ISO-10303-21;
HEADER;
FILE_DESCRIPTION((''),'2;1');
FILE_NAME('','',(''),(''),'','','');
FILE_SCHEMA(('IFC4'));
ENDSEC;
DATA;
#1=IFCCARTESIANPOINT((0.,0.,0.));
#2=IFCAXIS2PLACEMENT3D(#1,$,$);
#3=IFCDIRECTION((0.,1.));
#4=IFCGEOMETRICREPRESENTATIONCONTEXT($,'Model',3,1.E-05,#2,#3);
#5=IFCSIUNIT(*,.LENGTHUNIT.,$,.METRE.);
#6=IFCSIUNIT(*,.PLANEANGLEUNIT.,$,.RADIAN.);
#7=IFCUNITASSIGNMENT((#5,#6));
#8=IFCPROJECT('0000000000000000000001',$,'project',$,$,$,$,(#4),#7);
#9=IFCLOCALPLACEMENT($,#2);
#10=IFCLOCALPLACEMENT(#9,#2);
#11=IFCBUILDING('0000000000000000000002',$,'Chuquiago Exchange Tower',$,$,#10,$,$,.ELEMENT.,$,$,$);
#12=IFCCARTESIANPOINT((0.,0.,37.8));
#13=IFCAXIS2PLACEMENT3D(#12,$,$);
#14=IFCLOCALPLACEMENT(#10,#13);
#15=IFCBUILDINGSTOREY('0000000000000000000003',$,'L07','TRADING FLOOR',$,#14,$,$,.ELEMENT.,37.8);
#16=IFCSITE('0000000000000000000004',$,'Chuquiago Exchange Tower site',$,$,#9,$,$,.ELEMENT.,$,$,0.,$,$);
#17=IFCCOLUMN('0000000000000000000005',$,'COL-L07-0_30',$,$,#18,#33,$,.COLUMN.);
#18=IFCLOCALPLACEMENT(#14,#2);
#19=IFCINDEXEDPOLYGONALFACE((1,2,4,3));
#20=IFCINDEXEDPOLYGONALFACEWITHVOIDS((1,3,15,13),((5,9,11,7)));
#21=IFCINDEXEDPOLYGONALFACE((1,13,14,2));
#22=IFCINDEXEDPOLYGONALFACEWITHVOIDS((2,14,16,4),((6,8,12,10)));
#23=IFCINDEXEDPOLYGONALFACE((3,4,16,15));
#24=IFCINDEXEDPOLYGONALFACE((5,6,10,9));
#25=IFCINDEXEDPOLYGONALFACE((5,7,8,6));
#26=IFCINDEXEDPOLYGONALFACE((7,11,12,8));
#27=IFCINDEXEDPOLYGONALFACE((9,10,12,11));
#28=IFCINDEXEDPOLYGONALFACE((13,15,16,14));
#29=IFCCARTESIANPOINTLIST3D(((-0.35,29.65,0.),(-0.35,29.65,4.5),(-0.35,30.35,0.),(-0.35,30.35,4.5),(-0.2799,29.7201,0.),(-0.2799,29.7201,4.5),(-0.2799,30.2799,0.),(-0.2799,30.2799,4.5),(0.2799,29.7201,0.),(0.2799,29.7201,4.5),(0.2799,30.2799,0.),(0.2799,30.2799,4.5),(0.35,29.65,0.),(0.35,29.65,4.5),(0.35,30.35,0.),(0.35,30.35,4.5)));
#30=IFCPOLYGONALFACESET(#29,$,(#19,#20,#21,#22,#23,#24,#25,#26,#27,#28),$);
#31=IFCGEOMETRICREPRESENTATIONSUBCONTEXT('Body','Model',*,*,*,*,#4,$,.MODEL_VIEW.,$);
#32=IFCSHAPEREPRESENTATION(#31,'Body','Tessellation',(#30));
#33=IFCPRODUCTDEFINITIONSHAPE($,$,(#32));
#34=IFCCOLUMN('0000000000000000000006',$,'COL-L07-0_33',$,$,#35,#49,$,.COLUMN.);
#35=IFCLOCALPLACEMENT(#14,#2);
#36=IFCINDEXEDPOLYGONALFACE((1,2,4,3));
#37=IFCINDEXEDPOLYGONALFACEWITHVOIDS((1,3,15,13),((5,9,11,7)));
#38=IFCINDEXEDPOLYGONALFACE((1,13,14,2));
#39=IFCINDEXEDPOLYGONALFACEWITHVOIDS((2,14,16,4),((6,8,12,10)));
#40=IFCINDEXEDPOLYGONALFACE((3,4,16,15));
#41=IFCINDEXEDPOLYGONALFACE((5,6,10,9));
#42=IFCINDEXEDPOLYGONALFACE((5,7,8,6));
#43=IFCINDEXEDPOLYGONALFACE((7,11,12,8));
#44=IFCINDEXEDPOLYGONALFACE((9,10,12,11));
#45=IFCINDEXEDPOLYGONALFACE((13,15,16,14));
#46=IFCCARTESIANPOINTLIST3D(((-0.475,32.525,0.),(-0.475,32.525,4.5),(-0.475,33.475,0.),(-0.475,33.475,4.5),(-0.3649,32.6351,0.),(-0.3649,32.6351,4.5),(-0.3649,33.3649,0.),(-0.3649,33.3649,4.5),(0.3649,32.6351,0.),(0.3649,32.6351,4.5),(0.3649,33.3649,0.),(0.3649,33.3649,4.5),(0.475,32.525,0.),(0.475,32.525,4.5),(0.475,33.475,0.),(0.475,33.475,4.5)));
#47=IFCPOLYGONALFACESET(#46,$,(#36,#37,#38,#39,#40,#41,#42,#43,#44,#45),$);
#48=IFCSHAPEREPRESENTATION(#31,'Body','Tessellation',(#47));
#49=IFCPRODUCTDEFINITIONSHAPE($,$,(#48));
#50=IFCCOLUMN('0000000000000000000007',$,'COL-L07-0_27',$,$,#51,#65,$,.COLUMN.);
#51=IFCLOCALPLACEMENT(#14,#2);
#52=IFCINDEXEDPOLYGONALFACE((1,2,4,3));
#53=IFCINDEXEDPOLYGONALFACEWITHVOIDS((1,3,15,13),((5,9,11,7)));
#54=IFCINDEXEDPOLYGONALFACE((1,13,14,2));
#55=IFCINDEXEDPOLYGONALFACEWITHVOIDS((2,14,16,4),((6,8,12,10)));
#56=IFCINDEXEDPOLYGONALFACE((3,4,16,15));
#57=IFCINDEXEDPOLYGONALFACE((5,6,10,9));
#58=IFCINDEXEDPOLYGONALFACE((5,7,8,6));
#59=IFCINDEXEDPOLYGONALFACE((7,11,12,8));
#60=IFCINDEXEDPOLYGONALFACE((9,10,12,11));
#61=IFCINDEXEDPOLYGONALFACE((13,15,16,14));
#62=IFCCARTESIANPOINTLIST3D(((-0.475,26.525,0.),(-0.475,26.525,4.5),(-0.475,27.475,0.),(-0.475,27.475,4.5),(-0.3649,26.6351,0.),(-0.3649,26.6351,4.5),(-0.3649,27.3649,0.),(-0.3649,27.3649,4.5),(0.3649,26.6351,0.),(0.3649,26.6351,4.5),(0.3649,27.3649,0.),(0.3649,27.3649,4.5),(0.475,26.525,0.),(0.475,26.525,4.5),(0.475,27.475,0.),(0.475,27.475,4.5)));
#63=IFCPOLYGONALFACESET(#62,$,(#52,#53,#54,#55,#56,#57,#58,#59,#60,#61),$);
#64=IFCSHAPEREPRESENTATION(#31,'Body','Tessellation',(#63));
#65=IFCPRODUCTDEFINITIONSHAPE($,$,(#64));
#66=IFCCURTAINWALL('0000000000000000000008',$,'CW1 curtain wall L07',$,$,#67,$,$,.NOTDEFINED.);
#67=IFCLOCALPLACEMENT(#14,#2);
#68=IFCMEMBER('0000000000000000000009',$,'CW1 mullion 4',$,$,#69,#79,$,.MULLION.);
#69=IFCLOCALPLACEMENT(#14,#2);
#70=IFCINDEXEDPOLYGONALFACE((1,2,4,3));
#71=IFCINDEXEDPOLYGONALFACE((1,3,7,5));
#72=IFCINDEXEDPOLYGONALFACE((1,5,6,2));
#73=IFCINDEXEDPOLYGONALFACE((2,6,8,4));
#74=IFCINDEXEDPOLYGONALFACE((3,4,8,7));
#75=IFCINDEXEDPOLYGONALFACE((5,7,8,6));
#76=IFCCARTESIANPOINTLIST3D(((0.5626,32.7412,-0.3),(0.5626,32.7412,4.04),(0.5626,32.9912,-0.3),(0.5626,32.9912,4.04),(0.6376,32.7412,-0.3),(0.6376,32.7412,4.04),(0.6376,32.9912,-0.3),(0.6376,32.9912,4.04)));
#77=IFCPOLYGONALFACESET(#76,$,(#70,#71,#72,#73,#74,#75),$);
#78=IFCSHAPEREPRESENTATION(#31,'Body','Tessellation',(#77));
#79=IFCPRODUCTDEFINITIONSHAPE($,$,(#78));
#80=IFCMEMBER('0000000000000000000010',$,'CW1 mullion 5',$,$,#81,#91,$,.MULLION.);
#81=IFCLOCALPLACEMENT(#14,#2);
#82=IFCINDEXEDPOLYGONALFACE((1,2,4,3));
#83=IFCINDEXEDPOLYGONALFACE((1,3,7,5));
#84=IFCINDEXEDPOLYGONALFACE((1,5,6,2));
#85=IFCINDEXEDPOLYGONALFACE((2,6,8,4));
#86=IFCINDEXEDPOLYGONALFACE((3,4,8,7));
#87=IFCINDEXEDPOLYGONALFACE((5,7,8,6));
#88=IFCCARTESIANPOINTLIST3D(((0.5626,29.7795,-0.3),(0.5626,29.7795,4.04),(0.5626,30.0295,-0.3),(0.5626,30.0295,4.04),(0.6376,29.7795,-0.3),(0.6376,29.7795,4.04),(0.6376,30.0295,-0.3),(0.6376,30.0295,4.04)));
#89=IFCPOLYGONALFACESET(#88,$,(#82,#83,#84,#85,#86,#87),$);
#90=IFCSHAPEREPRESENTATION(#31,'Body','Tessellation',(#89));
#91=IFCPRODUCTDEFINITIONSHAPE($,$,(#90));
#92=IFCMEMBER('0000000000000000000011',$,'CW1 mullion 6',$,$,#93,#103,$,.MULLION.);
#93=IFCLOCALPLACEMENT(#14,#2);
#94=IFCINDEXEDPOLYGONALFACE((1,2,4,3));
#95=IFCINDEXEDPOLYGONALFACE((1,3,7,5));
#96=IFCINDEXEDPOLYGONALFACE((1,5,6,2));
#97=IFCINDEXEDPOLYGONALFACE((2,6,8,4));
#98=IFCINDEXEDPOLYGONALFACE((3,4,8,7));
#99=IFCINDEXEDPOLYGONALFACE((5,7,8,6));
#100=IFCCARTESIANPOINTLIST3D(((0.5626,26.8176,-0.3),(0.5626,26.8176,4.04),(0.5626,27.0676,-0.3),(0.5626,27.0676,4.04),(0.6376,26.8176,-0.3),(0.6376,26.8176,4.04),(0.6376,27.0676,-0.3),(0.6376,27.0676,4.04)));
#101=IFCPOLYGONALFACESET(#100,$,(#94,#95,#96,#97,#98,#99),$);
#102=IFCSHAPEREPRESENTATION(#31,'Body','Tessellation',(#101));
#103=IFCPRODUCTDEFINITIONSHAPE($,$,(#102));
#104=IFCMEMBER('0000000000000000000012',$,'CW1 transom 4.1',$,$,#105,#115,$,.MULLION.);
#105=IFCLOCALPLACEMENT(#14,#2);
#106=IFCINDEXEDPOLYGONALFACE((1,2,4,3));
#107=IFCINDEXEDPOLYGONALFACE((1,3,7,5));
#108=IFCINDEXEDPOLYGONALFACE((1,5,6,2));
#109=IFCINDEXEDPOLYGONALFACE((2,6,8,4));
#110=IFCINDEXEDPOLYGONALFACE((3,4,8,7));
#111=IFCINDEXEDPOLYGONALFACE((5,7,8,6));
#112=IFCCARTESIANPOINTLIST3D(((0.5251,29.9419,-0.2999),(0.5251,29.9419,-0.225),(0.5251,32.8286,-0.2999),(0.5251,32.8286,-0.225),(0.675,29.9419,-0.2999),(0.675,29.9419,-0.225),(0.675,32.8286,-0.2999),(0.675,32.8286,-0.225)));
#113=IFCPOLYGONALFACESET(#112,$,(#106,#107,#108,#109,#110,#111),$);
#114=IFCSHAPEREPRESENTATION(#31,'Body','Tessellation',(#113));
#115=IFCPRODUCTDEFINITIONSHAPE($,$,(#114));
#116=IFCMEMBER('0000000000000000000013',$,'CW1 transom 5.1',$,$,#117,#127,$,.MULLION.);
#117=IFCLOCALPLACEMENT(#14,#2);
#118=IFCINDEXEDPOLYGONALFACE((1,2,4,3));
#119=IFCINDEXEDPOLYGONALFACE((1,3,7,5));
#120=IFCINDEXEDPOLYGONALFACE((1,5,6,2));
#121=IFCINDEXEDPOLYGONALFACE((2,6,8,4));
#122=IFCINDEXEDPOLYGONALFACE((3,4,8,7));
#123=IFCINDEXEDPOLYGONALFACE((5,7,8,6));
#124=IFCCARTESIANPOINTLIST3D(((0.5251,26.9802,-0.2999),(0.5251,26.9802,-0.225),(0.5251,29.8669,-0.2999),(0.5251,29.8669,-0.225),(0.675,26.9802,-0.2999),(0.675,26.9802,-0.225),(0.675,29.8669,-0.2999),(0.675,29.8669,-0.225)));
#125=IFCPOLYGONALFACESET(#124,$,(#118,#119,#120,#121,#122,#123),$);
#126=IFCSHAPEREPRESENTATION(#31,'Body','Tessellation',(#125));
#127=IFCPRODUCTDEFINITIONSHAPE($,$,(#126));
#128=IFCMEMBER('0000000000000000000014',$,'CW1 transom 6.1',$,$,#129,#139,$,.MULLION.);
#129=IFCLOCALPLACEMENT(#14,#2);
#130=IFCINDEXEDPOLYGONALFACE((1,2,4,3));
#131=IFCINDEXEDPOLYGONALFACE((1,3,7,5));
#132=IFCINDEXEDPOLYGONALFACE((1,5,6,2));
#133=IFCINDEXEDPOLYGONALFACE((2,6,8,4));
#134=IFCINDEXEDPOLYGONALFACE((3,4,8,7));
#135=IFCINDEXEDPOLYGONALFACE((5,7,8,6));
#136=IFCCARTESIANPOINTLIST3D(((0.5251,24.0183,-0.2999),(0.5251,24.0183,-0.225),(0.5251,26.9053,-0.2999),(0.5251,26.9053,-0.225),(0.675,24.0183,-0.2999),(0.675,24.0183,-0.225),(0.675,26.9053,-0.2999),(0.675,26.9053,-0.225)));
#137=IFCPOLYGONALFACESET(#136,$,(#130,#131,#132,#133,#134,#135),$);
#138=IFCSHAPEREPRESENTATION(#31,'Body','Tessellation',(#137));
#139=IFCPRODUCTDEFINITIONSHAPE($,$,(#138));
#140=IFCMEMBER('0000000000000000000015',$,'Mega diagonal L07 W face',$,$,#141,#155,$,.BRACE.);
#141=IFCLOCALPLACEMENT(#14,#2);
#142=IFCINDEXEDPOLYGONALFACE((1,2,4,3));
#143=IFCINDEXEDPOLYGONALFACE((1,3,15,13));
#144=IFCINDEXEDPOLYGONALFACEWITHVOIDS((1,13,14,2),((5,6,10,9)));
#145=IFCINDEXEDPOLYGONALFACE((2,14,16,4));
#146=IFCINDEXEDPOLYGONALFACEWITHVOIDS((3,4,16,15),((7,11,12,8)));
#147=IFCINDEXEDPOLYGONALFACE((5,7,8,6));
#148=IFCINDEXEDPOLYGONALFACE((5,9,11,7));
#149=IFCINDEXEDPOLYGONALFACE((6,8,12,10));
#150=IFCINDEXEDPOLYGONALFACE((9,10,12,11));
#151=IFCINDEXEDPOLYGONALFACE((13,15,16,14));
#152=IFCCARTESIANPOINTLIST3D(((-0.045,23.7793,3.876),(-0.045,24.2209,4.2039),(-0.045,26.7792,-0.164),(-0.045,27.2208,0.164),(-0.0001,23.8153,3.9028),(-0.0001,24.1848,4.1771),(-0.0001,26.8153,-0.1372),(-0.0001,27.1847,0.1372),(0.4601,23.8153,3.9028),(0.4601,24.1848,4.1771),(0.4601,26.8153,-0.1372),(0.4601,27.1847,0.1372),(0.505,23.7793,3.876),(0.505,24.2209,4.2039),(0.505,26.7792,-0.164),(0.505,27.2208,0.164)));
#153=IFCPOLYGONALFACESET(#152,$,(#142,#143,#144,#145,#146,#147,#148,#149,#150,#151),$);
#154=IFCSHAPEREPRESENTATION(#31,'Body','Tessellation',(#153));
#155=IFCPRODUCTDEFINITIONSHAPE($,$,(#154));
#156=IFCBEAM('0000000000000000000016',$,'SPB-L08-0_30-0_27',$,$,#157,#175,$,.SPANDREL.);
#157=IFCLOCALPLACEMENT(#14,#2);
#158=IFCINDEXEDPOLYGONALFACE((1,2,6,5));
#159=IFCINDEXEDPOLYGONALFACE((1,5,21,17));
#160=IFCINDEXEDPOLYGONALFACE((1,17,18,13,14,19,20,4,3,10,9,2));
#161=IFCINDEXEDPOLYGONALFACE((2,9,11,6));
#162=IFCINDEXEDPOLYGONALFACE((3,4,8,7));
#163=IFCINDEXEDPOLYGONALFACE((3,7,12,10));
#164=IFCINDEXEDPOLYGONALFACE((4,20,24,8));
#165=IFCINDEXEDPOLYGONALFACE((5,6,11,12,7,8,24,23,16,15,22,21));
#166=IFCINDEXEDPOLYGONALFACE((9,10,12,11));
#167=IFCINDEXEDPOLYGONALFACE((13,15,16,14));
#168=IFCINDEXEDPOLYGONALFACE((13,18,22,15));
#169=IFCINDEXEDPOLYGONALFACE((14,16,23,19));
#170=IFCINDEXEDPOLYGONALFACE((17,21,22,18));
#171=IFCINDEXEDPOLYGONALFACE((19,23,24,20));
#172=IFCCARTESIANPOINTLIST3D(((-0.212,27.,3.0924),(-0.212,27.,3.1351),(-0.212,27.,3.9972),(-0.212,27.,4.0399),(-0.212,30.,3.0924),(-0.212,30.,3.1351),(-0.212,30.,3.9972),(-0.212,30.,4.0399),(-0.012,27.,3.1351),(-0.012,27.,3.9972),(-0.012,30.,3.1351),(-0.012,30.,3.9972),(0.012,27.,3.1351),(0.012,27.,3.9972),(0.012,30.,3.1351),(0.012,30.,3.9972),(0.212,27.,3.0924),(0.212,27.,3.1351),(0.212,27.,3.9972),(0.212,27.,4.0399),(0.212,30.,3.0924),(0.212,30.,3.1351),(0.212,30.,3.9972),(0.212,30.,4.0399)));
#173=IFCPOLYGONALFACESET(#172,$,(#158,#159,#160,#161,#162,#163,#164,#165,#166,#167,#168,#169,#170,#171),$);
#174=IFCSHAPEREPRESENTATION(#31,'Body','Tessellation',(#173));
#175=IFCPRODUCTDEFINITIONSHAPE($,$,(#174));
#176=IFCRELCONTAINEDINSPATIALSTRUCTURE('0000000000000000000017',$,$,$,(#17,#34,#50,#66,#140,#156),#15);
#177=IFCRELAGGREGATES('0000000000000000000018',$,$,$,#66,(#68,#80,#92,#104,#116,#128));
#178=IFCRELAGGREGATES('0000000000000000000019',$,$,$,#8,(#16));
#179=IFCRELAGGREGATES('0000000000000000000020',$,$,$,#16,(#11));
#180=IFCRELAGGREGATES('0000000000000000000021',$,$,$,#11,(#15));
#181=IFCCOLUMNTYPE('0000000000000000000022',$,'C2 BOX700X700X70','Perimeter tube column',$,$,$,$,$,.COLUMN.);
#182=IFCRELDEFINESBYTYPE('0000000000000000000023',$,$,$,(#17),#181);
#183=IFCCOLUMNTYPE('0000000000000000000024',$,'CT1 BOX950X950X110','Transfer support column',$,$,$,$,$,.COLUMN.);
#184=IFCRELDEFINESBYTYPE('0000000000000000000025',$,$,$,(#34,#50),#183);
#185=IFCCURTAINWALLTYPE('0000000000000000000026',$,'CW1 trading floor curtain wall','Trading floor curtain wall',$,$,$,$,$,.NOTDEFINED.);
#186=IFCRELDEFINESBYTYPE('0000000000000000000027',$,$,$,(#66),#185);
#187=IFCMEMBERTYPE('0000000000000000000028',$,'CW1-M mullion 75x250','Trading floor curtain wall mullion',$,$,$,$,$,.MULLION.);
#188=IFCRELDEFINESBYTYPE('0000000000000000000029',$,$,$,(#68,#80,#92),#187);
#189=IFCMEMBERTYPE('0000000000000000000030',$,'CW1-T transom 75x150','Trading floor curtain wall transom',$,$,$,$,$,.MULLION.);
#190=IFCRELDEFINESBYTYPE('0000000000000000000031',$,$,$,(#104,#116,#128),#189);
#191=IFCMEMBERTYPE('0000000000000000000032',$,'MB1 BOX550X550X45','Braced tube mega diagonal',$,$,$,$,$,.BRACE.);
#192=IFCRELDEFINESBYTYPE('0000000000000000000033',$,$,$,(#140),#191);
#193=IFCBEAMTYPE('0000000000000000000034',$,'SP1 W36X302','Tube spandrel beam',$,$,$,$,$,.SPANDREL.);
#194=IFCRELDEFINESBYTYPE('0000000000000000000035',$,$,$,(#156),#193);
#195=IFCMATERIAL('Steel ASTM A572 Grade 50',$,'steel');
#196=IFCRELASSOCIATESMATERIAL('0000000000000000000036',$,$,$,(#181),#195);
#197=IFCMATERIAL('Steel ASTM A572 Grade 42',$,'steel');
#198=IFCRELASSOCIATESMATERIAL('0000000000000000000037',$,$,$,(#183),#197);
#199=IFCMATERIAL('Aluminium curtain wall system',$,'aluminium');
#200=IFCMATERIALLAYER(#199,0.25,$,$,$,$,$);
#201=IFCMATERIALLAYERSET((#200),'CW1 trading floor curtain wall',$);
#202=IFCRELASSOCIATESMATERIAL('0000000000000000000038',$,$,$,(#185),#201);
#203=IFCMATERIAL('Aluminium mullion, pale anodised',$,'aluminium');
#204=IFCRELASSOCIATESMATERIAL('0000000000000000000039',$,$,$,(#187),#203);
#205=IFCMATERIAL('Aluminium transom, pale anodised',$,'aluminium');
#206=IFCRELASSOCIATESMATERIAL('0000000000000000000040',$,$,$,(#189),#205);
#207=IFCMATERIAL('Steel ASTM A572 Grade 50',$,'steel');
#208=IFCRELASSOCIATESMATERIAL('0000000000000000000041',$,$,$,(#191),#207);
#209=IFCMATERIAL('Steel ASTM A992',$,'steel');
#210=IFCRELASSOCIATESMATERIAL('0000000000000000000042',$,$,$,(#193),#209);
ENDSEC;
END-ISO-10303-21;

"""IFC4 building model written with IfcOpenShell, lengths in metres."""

from ifc_helpers import new_model, si_unit, direction, frame, origin, origin_2d, place, context, subcontext, project, spatial, rectangle, hollow_rectangle, i_section, extrude, material, layer, layer_set, material_profile, profile_set, type_object, element, aggregate, save


model = new_model("IFC4")

# Units and contexts
model_context = context("Model", 3, precision=1e-05, world=origin(), true_north=direction((0.0, 1.0)))
body_context = subcontext(model_context, "Body", "Model", "MODEL_VIEW")
ifc_project = project(units=[si_unit("LENGTHUNIT", "METRE"), si_unit("PLANEANGLEUNIT", "RADIAN")], contexts=[model_context])

# Site, building, storey
site_placement = place(None, origin())
site = spatial("IfcSite", under=ifc_project, at=site_placement, Name="Chuquiago Exchange Tower site", CompositionType="ELEMENT", RefElevation=0.0)
building_placement = place(site_placement, origin())
building = spatial("IfcBuilding", under=site, at=building_placement, Name="Chuquiago Exchange Tower", CompositionType="ELEMENT")
storey_placement = place(building_placement, frame((0.0, 0.0, 37.8)))
storey = spatial("IfcBuildingStorey", under=building, at=storey_placement, Name="L07", Description="TRADING FLOOR", CompositionType="ELEMENT", Elevation=37.8)

# Columns
ifc_material_1 = material(Name="Steel ASTM A572 Grade 50", Category="steel")
ifc_material_profile_1 = material_profile(ifc_material_1, hollow_rectangle(XDim=0.7, YDim=0.7, WallThickness=0.0701, at=origin_2d()), Name="BOX700X700X70")
ifc_profile_set_1 = profile_set([ifc_material_profile_1], Name="Steel ASTM A572 Grade 50")
column_type_1 = type_object("IfcColumnType", Name="C2 BOX700X700X70", Description="Perimeter tube column", PredefinedType="COLUMN", material=ifc_profile_set_1)
column_placement = place(storey_placement, frame((0.0, 30.0, 0.0), z_axis=(0.0, 0.0, 1.0), x_axis=(-1.0, 0.0, 0.0)))
element("IfcColumn", 1, at=column_placement, inside=storey, type_object=column_type_1, Name="COL-L07-0_30", PredefinedType="COLUMN", context=body_context, shape_type="SweptSolid", body=[
    extrude(hollow_rectangle(XDim=0.7, YDim=0.7, WallThickness=0.0701, at=origin_2d()), origin(), (0.0, 0.0, 1.0), 4.5),
])
ifc_material_2 = material(Name="Steel ASTM A572 Grade 42", Category="steel")
ifc_material_profile_2 = material_profile(ifc_material_2, hollow_rectangle(XDim=0.95, YDim=0.95, WallThickness=0.1101, at=origin_2d()), Name="BOX950X950X110")
ifc_profile_set_2 = profile_set([ifc_material_profile_2], Name="Steel ASTM A572 Grade 42")
column_type_2 = type_object("IfcColumnType", Name="CT1 BOX950X950X110", Description="Transfer support column", PredefinedType="COLUMN", material=ifc_profile_set_2)
for number, where, z_axis, x_axis, name in (
    (2, (0.0, 33.0, 0.0), (0.0, 0.0, 1.0), (-1.0, 0.0, 0.0), "COL-L07-0_33"),
    (3, (0.0, 27.0, 0.0), (0.0, 0.0, 1.0), (-1.0, 0.0, 0.0), "COL-L07-0_27"),
):
    element("IfcColumn", number, at=place(storey_placement, frame(where, z_axis=z_axis, x_axis=x_axis)), inside=storey, type_object=column_type_2, Name=name, PredefinedType="COLUMN", context=body_context, shape_type="SweptSolid", body=[
        extrude(hollow_rectangle(XDim=0.95, YDim=0.95, WallThickness=0.1101, at=origin_2d()), origin(), (0.0, 0.0, 1.0), 4.5),
    ])

# Curtain wall, members
ifc_material_3 = material(Name="Aluminium curtain wall system", Category="aluminium")
ifc_layer_1 = layer(ifc_material_3, 0.25)
ifc_layer_set_1 = layer_set([ifc_layer_1], Name="CW1 trading floor curtain wall")
curtain_wall_type = type_object("IfcCurtainWallType", Name="CW1 trading floor curtain wall", Description="Trading floor curtain wall", PredefinedType="NOTDEFINED", material=ifc_layer_set_1)
curtain_wall_placement = place(storey_placement, origin())
curtain_wall = element("IfcCurtainWall", 4, at=curtain_wall_placement, inside=storey, type_object=curtain_wall_type, Name="CW1 curtain wall L07", PredefinedType="NOTDEFINED")
ifc_material_4 = material(Name="Aluminium mullion, pale anodised", Category="aluminium")
ifc_material_profile_3 = material_profile(ifc_material_4, rectangle(XDim=0.075, YDim=0.25, at=origin_2d()), Name="AL 75x250")
ifc_profile_set_3 = profile_set([ifc_material_profile_3], Name="Aluminium mullion, pale anodised")
member_type_1 = type_object("IfcMemberType", Name="CW1-M mullion 75x250", Description="Trading floor curtain wall mullion", PredefinedType="MULLION", material=ifc_profile_set_3)
member_1_placement = place(storey_placement, frame((0.6001, 32.8662, -0.3), z_axis=(0.0, 0.0, 1.0), x_axis=(1.0, 0.0, 0.0)))
member_1 = element("IfcMember", 5, at=member_1_placement, type_object=member_type_1, Name="CW1 mullion 4", PredefinedType="MULLION", context=body_context, shape_type="SweptSolid", body=[
    extrude(rectangle(XDim=0.075, YDim=0.25, at=origin_2d()), origin(), (0.0, 0.0, 1.0), 4.3401),
])
member_2_placement = place(storey_placement, frame((0.6001, 29.9045, -0.3), z_axis=(0.0, 0.0, 1.0), x_axis=(1.0, 0.0, 0.0)))
member_2 = element("IfcMember", 6, at=member_2_placement, type_object=member_type_1, Name="CW1 mullion 5", PredefinedType="MULLION", context=body_context, shape_type="SweptSolid", body=[
    extrude(rectangle(XDim=0.075, YDim=0.25, at=origin_2d()), origin(), (0.0, 0.0, 1.0), 4.3401),
])
member_3_placement = place(storey_placement, frame((0.6001, 26.9426, -0.3), z_axis=(0.0, 0.0, 1.0), x_axis=(1.0, 0.0, 0.0)))
member_3 = element("IfcMember", 7, at=member_3_placement, type_object=member_type_1, Name="CW1 mullion 6", PredefinedType="MULLION", context=body_context, shape_type="SweptSolid", body=[
    extrude(rectangle(XDim=0.075, YDim=0.25, at=origin_2d()), origin(), (0.0, 0.0, 1.0), 4.3401),
])
ifc_material_5 = material(Name="Aluminium transom, pale anodised", Category="aluminium")
ifc_material_profile_4 = material_profile(ifc_material_5, rectangle(XDim=0.1499, YDim=0.075, at=origin_2d()), Name="AL 150x75")
ifc_profile_set_4 = profile_set([ifc_material_profile_4], Name="Aluminium transom, pale anodised")
member_type_2 = type_object("IfcMemberType", Name="CW1-T transom 75x150", Description="Trading floor curtain wall transom", PredefinedType="MULLION", material=ifc_profile_set_4)
member_4_placement = place(storey_placement, frame((0.6001, 32.8286, -0.2625), z_axis=(0.0, -1.0, 0.0), x_axis=(1.0, 0.0, 0.0)))
member_4 = element("IfcMember", 8, at=member_4_placement, type_object=member_type_2, Name="CW1 transom 4.1", PredefinedType="MULLION", context=body_context, shape_type="SweptSolid", body=[
    extrude(rectangle(XDim=0.1499, YDim=0.075, at=origin_2d()), origin(), (0.0, 0.0, 1.0), 2.8867),
])
member_5_placement = place(storey_placement, frame((0.6001, 29.8669, -0.2625), z_axis=(0.0, -1.0, 0.0), x_axis=(1.0, 0.0, 0.0)))
member_5 = element("IfcMember", 9, at=member_5_placement, type_object=member_type_2, Name="CW1 transom 5.1", PredefinedType="MULLION", context=body_context, shape_type="SweptSolid", body=[
    extrude(rectangle(XDim=0.1499, YDim=0.075, at=origin_2d()), origin(), (0.0, 0.0, 1.0), 2.8867),
])
member_6_placement = place(storey_placement, frame((0.6001, 26.9053, -0.2625), z_axis=(0.0, -1.0, 0.0), x_axis=(1.0, 0.0, 0.0)))
member_6 = element("IfcMember", 10, at=member_6_placement, type_object=member_type_2, Name="CW1 transom 6.1", PredefinedType="MULLION", context=body_context, shape_type="SweptSolid", body=[
    extrude(rectangle(XDim=0.1499, YDim=0.075, at=origin_2d()), origin(), (0.0, 0.0, 1.0), 2.887),
])

# Member
ifc_material_6 = material(Name="Steel ASTM A572 Grade 50", Category="steel")
ifc_material_profile_5 = material_profile(ifc_material_6, hollow_rectangle(XDim=0.55, YDim=0.55, WallThickness=0.0449, at=origin_2d()), Name="BOX550X550X45")
ifc_profile_set_5 = profile_set([ifc_material_profile_5], Name="Steel ASTM A572 Grade 50")
member_type_3 = type_object("IfcMemberType", Name="MB1 BOX550X550X45", Description="Braced tube mega diagonal", PredefinedType="BRACE", material=ifc_profile_set_5)
member_7_placement = place(storey_placement, frame((0.23, 27.0, 0.0), z_axis=(0.0, -0.596174, 0.802855), x_axis=(1.0, 0.0, 0.0)))
element("IfcMember", 11, at=member_7_placement, inside=storey, type_object=member_type_3, Name="Mega diagonal L07 W face", PredefinedType="BRACE", context=body_context, shape_type="SweptSolid", body=[
    extrude(hollow_rectangle(XDim=0.55, YDim=0.55, WallThickness=0.0449, at=origin_2d()), origin(), (0.0, 0.0, 1.0), 5.032),
])

# Beam
ifc_material_7 = material(Name="Steel ASTM A992", Category="steel")
ifc_material_profile_6 = material_profile(ifc_material_7, i_section(OverallWidth=0.4241, OverallDepth=0.9475, WebThickness=0.0239, FlangeThickness=0.0427, at=origin_2d()), Name="W36X302")
ifc_profile_set_6 = profile_set([ifc_material_profile_6], Name="Steel ASTM A992")
beam_type = type_object("IfcBeamType", Name="SP1 W36X302", Description="Tube spandrel beam", PredefinedType="SPANDREL", material=ifc_profile_set_6)
for number, where, z_axis, x_axis, name in (
    (12, (0.0, 30.0, 3.5662), (0.0, -1.0, 0.0), (1.0, 0.0, 0.0), "SPB-L08-0_30-0_27"),
):
    element("IfcBeam", number, at=place(storey_placement, frame(where, z_axis=z_axis, x_axis=x_axis)), inside=storey, type_object=beam_type, Name=name, PredefinedType="SPANDREL", context=body_context, shape_type="SweptSolid", body=[
        extrude(i_section(OverallWidth=0.4241, OverallDepth=0.9475, WebThickness=0.0239, FlangeThickness=0.0427, at=origin_2d()), origin(), (0.0, 0.0, 1.0), 3.0),
    ])

aggregate(curtain_wall, [member_1, member_2, member_3, member_4, member_5, member_6])

save(model, "model.ifc")
